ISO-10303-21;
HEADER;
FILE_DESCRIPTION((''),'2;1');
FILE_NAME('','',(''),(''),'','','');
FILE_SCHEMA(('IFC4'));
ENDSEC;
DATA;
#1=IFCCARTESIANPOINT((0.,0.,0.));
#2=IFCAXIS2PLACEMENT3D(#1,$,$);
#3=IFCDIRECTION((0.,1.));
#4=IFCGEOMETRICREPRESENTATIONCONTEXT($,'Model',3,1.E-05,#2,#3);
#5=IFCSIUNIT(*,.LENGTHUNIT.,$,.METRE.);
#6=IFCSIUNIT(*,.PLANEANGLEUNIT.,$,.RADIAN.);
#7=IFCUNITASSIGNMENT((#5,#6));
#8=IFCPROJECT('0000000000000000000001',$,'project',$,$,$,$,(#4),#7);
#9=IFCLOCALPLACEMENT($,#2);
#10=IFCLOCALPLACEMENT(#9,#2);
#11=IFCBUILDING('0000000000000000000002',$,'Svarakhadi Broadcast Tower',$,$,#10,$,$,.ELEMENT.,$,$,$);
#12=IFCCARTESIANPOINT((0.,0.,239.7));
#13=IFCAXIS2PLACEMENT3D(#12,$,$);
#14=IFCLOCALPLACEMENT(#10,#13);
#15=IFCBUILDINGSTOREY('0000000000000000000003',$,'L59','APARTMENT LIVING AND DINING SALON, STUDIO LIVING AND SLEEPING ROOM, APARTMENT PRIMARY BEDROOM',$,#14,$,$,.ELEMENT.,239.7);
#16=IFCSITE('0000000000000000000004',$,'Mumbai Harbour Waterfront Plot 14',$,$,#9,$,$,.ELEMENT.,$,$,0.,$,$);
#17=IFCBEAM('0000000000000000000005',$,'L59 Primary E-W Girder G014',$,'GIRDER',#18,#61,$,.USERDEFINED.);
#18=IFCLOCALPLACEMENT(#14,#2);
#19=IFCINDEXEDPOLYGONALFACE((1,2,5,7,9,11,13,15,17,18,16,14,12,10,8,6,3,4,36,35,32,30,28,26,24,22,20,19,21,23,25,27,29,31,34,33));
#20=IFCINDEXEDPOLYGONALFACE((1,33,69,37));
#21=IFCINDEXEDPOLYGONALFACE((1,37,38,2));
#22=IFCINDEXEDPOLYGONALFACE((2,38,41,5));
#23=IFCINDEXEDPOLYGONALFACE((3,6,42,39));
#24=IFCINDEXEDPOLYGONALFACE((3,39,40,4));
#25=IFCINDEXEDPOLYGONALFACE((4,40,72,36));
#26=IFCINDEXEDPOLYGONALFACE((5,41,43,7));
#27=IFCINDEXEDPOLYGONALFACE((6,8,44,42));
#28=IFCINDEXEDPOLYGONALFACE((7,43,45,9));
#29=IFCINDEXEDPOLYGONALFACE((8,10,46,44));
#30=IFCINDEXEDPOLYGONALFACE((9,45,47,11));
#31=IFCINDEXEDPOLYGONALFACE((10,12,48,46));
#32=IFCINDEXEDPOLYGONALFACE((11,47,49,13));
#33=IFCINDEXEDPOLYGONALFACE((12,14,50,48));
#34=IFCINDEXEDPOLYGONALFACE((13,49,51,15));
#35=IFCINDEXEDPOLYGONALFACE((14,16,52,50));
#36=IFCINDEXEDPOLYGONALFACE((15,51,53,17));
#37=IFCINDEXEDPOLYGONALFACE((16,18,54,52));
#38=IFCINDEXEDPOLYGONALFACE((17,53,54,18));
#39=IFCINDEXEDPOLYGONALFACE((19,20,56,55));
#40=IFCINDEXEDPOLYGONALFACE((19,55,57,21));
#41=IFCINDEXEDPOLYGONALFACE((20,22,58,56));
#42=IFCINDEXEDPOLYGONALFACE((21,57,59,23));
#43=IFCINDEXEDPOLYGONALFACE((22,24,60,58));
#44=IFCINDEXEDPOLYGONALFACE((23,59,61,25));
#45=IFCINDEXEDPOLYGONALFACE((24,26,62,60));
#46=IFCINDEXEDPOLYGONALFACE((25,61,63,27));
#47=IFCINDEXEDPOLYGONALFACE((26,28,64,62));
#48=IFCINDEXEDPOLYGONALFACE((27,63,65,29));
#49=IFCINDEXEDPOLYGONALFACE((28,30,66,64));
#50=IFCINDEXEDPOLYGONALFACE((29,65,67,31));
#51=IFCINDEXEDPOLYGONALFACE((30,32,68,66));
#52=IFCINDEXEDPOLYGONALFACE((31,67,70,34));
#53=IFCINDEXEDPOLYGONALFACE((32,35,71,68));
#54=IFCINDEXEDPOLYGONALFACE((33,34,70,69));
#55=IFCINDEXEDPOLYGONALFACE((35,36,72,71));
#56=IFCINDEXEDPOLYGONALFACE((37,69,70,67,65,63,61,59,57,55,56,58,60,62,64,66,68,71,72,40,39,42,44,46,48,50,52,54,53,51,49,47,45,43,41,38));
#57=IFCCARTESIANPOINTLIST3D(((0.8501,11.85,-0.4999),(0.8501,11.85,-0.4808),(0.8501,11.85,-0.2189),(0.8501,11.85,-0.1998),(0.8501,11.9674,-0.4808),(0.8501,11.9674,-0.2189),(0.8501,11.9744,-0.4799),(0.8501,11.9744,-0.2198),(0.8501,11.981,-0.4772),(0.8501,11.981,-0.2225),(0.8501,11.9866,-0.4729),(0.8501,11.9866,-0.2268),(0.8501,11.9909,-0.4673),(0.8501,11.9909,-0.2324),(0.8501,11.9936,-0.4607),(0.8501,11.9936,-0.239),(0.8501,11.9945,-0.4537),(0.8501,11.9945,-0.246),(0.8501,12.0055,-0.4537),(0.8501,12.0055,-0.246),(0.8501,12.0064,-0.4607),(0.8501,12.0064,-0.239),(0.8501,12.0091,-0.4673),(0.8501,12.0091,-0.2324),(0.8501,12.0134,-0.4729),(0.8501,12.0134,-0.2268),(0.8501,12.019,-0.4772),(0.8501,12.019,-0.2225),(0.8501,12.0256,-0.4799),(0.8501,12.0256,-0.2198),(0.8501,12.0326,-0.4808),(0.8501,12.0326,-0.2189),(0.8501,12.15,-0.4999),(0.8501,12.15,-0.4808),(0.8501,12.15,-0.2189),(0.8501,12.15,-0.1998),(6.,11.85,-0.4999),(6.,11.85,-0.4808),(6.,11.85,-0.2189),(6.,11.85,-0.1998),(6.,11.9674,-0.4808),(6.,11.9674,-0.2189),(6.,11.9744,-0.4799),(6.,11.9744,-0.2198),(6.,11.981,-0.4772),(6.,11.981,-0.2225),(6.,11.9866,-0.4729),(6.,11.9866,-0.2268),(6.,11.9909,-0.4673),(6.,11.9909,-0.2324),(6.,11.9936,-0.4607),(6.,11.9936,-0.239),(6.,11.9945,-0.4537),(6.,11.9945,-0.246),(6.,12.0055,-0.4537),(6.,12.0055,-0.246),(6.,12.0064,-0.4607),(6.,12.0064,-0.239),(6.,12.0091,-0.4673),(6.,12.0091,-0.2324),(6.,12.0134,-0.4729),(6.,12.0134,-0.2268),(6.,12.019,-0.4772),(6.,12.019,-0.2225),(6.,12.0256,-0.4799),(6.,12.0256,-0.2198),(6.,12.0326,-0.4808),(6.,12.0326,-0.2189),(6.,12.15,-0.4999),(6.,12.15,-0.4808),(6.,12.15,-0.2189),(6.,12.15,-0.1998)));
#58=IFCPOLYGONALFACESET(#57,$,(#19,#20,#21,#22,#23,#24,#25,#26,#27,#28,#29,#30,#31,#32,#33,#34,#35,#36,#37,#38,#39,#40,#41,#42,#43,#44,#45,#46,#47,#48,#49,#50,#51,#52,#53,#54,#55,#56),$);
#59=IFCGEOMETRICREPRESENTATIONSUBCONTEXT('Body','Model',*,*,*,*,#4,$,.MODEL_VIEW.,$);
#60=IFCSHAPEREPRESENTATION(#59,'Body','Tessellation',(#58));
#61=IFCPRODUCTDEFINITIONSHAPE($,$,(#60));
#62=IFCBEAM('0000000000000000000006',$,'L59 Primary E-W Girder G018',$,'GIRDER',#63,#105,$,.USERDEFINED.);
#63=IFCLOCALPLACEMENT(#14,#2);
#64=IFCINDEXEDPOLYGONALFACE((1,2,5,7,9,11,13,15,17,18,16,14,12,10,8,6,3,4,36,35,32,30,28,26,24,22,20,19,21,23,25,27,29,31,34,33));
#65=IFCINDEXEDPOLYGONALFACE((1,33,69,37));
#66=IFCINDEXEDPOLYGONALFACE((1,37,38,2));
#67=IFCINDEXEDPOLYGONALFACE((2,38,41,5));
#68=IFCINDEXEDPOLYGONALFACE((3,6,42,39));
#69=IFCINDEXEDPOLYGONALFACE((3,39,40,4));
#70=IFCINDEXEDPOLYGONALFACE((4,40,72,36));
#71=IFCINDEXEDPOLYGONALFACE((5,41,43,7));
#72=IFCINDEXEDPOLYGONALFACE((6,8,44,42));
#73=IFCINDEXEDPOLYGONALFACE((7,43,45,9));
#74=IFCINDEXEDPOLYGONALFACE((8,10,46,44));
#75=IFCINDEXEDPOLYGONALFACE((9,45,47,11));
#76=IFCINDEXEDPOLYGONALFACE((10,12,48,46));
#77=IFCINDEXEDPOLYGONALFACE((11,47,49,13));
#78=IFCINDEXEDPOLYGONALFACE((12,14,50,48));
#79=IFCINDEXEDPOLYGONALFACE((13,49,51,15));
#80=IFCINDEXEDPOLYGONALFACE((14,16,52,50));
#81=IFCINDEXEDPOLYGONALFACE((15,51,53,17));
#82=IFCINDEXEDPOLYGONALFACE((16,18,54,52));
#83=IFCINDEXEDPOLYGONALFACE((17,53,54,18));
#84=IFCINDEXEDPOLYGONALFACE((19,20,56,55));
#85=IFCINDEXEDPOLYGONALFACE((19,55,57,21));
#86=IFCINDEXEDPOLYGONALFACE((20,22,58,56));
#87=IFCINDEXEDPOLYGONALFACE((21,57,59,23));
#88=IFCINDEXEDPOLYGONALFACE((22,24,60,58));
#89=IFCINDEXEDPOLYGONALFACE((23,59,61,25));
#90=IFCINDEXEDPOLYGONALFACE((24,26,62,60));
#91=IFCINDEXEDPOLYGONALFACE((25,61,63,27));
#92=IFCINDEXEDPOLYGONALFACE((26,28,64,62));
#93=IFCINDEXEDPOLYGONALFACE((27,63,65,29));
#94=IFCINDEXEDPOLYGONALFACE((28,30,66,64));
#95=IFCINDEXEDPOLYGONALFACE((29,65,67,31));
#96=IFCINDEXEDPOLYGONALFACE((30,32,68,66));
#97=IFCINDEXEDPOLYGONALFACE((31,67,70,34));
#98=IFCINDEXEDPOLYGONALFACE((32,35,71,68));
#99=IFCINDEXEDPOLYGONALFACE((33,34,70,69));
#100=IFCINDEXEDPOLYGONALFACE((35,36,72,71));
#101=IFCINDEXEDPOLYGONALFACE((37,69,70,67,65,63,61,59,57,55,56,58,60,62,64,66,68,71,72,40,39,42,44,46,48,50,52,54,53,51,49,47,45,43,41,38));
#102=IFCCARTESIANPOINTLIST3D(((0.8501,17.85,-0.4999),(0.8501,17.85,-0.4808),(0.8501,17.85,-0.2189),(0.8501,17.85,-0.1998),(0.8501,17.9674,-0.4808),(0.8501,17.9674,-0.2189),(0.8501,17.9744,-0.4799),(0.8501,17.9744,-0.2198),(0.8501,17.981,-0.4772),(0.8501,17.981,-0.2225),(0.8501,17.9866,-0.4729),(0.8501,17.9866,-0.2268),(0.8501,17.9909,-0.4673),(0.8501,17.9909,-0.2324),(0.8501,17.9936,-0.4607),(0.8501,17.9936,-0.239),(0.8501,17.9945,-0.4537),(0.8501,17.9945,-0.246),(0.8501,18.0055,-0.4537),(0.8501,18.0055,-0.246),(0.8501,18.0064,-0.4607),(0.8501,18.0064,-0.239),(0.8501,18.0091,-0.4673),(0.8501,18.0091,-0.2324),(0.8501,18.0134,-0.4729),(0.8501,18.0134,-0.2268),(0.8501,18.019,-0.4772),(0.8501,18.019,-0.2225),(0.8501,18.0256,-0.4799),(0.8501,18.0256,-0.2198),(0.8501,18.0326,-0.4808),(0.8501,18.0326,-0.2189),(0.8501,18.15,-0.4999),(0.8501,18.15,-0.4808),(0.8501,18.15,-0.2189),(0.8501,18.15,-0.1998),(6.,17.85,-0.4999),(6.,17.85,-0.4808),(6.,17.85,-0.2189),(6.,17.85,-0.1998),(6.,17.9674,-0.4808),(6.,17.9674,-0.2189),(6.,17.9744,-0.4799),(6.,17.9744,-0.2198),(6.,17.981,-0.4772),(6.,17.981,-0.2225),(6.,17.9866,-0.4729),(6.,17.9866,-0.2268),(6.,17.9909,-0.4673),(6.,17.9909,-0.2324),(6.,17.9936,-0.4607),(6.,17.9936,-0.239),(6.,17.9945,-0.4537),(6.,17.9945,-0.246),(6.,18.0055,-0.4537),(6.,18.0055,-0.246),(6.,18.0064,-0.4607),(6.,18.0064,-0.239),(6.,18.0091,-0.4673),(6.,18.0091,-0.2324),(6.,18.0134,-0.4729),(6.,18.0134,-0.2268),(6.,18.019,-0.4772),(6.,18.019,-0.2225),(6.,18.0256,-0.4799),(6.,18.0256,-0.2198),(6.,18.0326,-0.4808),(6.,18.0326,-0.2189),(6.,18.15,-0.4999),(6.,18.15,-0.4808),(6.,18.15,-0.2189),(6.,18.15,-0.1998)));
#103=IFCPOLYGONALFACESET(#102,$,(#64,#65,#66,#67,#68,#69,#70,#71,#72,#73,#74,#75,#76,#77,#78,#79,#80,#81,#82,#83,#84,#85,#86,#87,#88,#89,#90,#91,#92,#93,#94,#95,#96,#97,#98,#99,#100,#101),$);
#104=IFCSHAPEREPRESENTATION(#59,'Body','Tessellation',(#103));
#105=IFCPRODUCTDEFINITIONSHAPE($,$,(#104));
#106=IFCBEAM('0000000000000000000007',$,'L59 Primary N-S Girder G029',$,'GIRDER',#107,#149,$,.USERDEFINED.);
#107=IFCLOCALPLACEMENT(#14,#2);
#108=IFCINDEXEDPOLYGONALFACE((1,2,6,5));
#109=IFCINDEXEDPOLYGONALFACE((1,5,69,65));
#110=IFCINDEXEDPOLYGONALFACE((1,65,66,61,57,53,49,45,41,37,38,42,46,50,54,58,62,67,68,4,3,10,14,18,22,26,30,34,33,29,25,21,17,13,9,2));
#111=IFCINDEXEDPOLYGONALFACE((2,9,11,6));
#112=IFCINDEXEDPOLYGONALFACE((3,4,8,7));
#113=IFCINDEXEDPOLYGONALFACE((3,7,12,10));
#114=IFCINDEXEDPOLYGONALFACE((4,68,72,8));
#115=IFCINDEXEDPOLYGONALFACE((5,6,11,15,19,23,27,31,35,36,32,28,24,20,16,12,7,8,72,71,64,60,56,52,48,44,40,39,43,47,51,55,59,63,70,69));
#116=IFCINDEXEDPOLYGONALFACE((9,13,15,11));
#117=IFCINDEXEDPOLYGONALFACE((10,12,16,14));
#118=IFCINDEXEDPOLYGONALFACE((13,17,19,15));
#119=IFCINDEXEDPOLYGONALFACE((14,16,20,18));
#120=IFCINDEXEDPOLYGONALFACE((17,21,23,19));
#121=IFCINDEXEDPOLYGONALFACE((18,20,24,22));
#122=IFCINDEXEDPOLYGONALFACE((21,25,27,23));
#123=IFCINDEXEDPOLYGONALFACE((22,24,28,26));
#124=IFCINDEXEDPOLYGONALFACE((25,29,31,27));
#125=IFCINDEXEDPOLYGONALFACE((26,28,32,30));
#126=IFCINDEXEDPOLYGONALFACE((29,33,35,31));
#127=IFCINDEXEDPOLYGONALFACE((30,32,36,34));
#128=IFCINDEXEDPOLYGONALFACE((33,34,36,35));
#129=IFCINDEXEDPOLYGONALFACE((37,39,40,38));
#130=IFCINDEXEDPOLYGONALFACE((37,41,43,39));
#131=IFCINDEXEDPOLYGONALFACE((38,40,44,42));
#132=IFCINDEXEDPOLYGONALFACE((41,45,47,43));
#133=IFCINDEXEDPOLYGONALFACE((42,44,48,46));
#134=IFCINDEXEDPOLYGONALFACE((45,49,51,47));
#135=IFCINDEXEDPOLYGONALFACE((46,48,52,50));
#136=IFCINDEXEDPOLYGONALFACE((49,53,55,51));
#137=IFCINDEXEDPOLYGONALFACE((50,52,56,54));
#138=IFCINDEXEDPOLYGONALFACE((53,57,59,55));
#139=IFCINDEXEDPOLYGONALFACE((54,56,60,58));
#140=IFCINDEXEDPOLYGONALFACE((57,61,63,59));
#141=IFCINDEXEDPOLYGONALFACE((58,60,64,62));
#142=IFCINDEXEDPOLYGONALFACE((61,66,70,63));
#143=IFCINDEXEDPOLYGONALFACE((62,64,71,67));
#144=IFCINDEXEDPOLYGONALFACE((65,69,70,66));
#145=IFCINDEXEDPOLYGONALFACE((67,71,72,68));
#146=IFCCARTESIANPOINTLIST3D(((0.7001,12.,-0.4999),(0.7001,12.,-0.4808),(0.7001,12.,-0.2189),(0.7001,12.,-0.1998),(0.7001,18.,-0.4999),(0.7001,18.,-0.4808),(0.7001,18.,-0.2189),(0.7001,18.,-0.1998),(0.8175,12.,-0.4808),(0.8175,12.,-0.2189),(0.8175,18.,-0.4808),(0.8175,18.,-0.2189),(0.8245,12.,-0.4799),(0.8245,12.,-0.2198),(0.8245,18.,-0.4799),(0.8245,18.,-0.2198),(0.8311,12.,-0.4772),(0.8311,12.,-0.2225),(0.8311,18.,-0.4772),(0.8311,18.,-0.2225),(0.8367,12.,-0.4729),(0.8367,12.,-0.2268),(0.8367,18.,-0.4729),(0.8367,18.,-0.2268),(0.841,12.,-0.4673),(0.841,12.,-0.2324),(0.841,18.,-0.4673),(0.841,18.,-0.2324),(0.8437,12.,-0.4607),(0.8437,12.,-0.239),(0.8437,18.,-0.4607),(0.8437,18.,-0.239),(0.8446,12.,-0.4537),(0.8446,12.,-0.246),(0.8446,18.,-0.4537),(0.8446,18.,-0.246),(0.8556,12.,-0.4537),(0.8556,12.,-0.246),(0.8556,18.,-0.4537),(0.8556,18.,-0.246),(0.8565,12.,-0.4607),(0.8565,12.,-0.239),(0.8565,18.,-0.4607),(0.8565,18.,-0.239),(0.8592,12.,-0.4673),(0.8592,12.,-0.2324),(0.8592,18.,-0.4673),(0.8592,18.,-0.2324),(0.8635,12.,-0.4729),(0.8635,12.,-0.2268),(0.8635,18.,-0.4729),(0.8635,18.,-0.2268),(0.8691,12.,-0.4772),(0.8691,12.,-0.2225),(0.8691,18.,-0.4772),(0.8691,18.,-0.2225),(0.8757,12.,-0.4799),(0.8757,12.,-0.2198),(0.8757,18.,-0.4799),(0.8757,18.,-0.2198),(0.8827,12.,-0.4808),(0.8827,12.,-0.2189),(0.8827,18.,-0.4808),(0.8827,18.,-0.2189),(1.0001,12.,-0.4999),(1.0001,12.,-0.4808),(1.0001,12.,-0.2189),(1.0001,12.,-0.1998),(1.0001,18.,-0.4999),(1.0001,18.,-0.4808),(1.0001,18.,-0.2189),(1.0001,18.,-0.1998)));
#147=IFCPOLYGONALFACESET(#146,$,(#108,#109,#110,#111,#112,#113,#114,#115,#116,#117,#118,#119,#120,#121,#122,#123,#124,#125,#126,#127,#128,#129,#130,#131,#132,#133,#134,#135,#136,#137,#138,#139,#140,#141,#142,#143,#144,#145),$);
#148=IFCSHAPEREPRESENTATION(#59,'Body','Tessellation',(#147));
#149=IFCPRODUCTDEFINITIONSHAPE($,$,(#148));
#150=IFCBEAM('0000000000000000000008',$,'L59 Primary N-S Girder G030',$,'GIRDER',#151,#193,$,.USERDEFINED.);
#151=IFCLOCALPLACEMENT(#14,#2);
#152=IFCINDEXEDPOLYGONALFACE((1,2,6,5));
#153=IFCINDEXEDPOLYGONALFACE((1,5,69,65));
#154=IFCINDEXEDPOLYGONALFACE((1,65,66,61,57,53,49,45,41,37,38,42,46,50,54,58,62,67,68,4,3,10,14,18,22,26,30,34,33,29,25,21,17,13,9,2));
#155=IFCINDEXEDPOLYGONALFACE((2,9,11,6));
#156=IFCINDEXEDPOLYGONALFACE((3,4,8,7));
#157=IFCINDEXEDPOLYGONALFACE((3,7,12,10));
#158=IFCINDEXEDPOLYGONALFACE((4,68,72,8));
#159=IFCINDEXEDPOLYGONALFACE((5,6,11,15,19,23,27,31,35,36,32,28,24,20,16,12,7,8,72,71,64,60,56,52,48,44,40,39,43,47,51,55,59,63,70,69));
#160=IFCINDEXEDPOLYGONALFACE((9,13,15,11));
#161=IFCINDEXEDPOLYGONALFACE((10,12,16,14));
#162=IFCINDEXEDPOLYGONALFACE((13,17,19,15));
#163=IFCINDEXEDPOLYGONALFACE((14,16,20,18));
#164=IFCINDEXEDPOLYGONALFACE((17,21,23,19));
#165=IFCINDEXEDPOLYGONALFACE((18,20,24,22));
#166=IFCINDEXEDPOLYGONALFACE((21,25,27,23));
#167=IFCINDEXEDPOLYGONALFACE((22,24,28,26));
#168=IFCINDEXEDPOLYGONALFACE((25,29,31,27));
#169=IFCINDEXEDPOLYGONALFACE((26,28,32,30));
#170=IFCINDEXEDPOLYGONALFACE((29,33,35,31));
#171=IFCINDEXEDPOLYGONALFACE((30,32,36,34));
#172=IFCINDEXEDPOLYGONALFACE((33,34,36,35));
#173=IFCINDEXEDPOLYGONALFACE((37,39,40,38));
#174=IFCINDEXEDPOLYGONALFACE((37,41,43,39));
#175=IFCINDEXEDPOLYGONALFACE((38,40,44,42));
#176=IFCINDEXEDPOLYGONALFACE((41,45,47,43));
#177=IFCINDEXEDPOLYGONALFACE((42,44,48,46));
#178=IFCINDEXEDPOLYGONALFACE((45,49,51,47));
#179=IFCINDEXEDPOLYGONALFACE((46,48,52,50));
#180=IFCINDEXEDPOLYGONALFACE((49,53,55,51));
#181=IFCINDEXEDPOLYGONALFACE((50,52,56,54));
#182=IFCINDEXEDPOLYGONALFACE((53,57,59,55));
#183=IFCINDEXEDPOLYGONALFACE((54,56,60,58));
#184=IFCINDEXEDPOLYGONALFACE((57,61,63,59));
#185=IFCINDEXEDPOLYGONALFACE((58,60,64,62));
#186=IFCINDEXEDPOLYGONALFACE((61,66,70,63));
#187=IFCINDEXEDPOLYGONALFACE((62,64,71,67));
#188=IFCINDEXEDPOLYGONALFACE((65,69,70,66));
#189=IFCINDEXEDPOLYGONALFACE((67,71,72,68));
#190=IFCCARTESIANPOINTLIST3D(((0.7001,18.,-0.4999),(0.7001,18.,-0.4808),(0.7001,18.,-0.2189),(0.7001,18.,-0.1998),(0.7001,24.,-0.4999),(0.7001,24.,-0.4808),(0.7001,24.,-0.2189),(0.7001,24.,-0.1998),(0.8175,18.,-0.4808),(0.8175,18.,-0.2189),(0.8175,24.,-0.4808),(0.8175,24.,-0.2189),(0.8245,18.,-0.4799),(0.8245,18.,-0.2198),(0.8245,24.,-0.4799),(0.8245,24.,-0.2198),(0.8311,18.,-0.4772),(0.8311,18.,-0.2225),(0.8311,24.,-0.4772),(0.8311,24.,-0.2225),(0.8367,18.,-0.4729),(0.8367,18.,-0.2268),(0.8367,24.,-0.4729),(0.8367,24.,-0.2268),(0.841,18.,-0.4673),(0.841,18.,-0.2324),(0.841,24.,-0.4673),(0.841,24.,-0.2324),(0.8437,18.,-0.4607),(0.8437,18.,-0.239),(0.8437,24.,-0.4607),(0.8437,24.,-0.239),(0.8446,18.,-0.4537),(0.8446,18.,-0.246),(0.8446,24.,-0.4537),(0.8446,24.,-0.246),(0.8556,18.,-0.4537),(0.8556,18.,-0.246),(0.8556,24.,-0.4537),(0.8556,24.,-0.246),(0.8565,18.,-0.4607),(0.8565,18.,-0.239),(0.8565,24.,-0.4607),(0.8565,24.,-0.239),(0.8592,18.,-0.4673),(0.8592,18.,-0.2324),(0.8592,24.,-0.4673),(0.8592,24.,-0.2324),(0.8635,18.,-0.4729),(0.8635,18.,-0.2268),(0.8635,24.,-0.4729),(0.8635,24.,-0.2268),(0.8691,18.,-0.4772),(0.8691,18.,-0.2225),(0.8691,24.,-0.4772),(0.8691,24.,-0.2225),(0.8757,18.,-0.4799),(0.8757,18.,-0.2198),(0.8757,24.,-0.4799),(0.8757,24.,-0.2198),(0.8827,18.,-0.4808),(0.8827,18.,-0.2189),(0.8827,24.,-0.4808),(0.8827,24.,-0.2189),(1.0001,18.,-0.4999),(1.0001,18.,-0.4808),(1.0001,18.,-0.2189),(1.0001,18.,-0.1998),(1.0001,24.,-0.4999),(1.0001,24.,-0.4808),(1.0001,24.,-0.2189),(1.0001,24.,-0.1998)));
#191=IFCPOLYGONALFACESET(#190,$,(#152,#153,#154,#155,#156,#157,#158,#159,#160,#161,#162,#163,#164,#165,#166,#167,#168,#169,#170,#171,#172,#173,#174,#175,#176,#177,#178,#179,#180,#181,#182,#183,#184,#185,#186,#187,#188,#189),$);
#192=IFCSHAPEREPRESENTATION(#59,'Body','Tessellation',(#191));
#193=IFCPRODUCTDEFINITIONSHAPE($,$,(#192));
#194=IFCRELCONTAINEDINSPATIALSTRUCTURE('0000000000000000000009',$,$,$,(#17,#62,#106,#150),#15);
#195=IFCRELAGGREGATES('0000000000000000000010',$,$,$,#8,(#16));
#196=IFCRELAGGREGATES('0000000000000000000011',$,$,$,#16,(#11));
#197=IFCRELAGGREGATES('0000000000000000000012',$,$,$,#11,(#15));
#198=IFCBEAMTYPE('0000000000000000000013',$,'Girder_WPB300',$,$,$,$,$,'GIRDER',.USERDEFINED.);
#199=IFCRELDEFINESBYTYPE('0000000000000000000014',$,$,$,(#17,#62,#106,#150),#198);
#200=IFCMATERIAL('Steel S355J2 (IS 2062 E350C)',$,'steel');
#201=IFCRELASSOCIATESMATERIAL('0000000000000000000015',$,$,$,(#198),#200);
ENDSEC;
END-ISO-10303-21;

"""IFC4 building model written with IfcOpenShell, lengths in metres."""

from ifc_helpers import new_model, si_unit, direction, frame, origin, origin_2d, place, context, subcontext, project, spatial, i_section, extrude, material, material_profile, profile_set, type_object, element, save


model = new_model("IFC4")

# Units and contexts
model_context = context("Model", 3, precision=1e-05, world=origin(), true_north=direction((0.0, 1.0)))
body_context = subcontext(model_context, "Body", "Model", "MODEL_VIEW")
ifc_project = project(units=[si_unit("LENGTHUNIT", "METRE"), si_unit("PLANEANGLEUNIT", "RADIAN")], contexts=[model_context])

# Site, building, storey
site_placement = place(None, origin())
site = spatial("IfcSite", under=ifc_project, at=site_placement, Name="Mumbai Harbour Waterfront Plot 14", CompositionType="ELEMENT", RefElevation=0.0)
building_placement = place(site_placement, origin())
building = spatial("IfcBuilding", under=site, at=building_placement, Name="Svarakhadi Broadcast Tower", CompositionType="ELEMENT")
storey_placement = place(building_placement, frame((0.0, 0.0, 239.7)))
storey = spatial("IfcBuildingStorey", under=building, at=storey_placement, Name="L59", Description="APARTMENT LIVING AND DINING SALON, STUDIO LIVING AND SLEEPING ROOM, APARTMENT PRIMARY BEDROOM", CompositionType="ELEMENT", Elevation=239.7)

# Shared definitions
ifc_material_1 = material(Name="Steel S355J2 (IS 2062 E350C)", Category="steel")

# Beams
ifc_material_profile_1 = material_profile(ifc_material_1, i_section(OverallWidth=0.3, OverallDepth=0.3, WebThickness=0.011, FlangeThickness=0.019, FilletRadius=0.0271, at=origin_2d()), Name="WPB 300x300x117")
ifc_profile_set_1 = profile_set([ifc_material_profile_1], Name="Steel S355J2 (IS 2062 E350C)")
beam_type_1 = type_object("IfcBeamType", Name="Girder_WPB300", ElementType="GIRDER", PredefinedType="USERDEFINED", material=ifc_profile_set_1)
for number, where, z_axis, x_axis, name in (
    (1, (0.8501, 12.0, -0.3499), (1.0, 0.0, 0.0), (0.0, 1.0, 0.0), "L59 Primary E-W Girder G014"),
    (2, (0.8501, 18.0, -0.3499), (1.0, 0.0, 0.0), (0.0, 1.0, 0.0), "L59 Primary E-W Girder G018"),
):
    element("IfcBeam", number, at=place(storey_placement, frame(where, z_axis=z_axis, x_axis=x_axis)), inside=storey, type_object=beam_type_1, Name=name, ObjectType="GIRDER", PredefinedType="USERDEFINED", context=body_context, shape_type="SweptSolid", body=[
        extrude(i_section(OverallWidth=0.3, OverallDepth=0.3, WebThickness=0.011, FlangeThickness=0.019, FilletRadius=0.0271, at=origin_2d()), origin(), (0.0, 0.0, 1.0), 5.1499),
    ])
for number, where, z_axis, x_axis, name in (
    (3, (0.8501, 12.0, -0.3499), (0.0, 1.0, 0.0), (-1.0, 0.0, 0.0), "L59 Primary N-S Girder G029"),
    (4, (0.8501, 18.0, -0.3499), (0.0, 1.0, 0.0), (-1.0, 0.0, 0.0), "L59 Primary N-S Girder G030"),
):
    element("IfcBeam", number, at=place(storey_placement, frame(where, z_axis=z_axis, x_axis=x_axis)), inside=storey, type_object=beam_type_1, Name=name, ObjectType="GIRDER", PredefinedType="USERDEFINED", context=body_context, shape_type="SweptSolid", body=[
        extrude(i_section(OverallWidth=0.3, OverallDepth=0.3, WebThickness=0.011, FlangeThickness=0.019, FilletRadius=0.0271, at=origin_2d()), origin(), (0.0, 0.0, 1.0), 6.0),
    ])

save(model, "model.ifc")
